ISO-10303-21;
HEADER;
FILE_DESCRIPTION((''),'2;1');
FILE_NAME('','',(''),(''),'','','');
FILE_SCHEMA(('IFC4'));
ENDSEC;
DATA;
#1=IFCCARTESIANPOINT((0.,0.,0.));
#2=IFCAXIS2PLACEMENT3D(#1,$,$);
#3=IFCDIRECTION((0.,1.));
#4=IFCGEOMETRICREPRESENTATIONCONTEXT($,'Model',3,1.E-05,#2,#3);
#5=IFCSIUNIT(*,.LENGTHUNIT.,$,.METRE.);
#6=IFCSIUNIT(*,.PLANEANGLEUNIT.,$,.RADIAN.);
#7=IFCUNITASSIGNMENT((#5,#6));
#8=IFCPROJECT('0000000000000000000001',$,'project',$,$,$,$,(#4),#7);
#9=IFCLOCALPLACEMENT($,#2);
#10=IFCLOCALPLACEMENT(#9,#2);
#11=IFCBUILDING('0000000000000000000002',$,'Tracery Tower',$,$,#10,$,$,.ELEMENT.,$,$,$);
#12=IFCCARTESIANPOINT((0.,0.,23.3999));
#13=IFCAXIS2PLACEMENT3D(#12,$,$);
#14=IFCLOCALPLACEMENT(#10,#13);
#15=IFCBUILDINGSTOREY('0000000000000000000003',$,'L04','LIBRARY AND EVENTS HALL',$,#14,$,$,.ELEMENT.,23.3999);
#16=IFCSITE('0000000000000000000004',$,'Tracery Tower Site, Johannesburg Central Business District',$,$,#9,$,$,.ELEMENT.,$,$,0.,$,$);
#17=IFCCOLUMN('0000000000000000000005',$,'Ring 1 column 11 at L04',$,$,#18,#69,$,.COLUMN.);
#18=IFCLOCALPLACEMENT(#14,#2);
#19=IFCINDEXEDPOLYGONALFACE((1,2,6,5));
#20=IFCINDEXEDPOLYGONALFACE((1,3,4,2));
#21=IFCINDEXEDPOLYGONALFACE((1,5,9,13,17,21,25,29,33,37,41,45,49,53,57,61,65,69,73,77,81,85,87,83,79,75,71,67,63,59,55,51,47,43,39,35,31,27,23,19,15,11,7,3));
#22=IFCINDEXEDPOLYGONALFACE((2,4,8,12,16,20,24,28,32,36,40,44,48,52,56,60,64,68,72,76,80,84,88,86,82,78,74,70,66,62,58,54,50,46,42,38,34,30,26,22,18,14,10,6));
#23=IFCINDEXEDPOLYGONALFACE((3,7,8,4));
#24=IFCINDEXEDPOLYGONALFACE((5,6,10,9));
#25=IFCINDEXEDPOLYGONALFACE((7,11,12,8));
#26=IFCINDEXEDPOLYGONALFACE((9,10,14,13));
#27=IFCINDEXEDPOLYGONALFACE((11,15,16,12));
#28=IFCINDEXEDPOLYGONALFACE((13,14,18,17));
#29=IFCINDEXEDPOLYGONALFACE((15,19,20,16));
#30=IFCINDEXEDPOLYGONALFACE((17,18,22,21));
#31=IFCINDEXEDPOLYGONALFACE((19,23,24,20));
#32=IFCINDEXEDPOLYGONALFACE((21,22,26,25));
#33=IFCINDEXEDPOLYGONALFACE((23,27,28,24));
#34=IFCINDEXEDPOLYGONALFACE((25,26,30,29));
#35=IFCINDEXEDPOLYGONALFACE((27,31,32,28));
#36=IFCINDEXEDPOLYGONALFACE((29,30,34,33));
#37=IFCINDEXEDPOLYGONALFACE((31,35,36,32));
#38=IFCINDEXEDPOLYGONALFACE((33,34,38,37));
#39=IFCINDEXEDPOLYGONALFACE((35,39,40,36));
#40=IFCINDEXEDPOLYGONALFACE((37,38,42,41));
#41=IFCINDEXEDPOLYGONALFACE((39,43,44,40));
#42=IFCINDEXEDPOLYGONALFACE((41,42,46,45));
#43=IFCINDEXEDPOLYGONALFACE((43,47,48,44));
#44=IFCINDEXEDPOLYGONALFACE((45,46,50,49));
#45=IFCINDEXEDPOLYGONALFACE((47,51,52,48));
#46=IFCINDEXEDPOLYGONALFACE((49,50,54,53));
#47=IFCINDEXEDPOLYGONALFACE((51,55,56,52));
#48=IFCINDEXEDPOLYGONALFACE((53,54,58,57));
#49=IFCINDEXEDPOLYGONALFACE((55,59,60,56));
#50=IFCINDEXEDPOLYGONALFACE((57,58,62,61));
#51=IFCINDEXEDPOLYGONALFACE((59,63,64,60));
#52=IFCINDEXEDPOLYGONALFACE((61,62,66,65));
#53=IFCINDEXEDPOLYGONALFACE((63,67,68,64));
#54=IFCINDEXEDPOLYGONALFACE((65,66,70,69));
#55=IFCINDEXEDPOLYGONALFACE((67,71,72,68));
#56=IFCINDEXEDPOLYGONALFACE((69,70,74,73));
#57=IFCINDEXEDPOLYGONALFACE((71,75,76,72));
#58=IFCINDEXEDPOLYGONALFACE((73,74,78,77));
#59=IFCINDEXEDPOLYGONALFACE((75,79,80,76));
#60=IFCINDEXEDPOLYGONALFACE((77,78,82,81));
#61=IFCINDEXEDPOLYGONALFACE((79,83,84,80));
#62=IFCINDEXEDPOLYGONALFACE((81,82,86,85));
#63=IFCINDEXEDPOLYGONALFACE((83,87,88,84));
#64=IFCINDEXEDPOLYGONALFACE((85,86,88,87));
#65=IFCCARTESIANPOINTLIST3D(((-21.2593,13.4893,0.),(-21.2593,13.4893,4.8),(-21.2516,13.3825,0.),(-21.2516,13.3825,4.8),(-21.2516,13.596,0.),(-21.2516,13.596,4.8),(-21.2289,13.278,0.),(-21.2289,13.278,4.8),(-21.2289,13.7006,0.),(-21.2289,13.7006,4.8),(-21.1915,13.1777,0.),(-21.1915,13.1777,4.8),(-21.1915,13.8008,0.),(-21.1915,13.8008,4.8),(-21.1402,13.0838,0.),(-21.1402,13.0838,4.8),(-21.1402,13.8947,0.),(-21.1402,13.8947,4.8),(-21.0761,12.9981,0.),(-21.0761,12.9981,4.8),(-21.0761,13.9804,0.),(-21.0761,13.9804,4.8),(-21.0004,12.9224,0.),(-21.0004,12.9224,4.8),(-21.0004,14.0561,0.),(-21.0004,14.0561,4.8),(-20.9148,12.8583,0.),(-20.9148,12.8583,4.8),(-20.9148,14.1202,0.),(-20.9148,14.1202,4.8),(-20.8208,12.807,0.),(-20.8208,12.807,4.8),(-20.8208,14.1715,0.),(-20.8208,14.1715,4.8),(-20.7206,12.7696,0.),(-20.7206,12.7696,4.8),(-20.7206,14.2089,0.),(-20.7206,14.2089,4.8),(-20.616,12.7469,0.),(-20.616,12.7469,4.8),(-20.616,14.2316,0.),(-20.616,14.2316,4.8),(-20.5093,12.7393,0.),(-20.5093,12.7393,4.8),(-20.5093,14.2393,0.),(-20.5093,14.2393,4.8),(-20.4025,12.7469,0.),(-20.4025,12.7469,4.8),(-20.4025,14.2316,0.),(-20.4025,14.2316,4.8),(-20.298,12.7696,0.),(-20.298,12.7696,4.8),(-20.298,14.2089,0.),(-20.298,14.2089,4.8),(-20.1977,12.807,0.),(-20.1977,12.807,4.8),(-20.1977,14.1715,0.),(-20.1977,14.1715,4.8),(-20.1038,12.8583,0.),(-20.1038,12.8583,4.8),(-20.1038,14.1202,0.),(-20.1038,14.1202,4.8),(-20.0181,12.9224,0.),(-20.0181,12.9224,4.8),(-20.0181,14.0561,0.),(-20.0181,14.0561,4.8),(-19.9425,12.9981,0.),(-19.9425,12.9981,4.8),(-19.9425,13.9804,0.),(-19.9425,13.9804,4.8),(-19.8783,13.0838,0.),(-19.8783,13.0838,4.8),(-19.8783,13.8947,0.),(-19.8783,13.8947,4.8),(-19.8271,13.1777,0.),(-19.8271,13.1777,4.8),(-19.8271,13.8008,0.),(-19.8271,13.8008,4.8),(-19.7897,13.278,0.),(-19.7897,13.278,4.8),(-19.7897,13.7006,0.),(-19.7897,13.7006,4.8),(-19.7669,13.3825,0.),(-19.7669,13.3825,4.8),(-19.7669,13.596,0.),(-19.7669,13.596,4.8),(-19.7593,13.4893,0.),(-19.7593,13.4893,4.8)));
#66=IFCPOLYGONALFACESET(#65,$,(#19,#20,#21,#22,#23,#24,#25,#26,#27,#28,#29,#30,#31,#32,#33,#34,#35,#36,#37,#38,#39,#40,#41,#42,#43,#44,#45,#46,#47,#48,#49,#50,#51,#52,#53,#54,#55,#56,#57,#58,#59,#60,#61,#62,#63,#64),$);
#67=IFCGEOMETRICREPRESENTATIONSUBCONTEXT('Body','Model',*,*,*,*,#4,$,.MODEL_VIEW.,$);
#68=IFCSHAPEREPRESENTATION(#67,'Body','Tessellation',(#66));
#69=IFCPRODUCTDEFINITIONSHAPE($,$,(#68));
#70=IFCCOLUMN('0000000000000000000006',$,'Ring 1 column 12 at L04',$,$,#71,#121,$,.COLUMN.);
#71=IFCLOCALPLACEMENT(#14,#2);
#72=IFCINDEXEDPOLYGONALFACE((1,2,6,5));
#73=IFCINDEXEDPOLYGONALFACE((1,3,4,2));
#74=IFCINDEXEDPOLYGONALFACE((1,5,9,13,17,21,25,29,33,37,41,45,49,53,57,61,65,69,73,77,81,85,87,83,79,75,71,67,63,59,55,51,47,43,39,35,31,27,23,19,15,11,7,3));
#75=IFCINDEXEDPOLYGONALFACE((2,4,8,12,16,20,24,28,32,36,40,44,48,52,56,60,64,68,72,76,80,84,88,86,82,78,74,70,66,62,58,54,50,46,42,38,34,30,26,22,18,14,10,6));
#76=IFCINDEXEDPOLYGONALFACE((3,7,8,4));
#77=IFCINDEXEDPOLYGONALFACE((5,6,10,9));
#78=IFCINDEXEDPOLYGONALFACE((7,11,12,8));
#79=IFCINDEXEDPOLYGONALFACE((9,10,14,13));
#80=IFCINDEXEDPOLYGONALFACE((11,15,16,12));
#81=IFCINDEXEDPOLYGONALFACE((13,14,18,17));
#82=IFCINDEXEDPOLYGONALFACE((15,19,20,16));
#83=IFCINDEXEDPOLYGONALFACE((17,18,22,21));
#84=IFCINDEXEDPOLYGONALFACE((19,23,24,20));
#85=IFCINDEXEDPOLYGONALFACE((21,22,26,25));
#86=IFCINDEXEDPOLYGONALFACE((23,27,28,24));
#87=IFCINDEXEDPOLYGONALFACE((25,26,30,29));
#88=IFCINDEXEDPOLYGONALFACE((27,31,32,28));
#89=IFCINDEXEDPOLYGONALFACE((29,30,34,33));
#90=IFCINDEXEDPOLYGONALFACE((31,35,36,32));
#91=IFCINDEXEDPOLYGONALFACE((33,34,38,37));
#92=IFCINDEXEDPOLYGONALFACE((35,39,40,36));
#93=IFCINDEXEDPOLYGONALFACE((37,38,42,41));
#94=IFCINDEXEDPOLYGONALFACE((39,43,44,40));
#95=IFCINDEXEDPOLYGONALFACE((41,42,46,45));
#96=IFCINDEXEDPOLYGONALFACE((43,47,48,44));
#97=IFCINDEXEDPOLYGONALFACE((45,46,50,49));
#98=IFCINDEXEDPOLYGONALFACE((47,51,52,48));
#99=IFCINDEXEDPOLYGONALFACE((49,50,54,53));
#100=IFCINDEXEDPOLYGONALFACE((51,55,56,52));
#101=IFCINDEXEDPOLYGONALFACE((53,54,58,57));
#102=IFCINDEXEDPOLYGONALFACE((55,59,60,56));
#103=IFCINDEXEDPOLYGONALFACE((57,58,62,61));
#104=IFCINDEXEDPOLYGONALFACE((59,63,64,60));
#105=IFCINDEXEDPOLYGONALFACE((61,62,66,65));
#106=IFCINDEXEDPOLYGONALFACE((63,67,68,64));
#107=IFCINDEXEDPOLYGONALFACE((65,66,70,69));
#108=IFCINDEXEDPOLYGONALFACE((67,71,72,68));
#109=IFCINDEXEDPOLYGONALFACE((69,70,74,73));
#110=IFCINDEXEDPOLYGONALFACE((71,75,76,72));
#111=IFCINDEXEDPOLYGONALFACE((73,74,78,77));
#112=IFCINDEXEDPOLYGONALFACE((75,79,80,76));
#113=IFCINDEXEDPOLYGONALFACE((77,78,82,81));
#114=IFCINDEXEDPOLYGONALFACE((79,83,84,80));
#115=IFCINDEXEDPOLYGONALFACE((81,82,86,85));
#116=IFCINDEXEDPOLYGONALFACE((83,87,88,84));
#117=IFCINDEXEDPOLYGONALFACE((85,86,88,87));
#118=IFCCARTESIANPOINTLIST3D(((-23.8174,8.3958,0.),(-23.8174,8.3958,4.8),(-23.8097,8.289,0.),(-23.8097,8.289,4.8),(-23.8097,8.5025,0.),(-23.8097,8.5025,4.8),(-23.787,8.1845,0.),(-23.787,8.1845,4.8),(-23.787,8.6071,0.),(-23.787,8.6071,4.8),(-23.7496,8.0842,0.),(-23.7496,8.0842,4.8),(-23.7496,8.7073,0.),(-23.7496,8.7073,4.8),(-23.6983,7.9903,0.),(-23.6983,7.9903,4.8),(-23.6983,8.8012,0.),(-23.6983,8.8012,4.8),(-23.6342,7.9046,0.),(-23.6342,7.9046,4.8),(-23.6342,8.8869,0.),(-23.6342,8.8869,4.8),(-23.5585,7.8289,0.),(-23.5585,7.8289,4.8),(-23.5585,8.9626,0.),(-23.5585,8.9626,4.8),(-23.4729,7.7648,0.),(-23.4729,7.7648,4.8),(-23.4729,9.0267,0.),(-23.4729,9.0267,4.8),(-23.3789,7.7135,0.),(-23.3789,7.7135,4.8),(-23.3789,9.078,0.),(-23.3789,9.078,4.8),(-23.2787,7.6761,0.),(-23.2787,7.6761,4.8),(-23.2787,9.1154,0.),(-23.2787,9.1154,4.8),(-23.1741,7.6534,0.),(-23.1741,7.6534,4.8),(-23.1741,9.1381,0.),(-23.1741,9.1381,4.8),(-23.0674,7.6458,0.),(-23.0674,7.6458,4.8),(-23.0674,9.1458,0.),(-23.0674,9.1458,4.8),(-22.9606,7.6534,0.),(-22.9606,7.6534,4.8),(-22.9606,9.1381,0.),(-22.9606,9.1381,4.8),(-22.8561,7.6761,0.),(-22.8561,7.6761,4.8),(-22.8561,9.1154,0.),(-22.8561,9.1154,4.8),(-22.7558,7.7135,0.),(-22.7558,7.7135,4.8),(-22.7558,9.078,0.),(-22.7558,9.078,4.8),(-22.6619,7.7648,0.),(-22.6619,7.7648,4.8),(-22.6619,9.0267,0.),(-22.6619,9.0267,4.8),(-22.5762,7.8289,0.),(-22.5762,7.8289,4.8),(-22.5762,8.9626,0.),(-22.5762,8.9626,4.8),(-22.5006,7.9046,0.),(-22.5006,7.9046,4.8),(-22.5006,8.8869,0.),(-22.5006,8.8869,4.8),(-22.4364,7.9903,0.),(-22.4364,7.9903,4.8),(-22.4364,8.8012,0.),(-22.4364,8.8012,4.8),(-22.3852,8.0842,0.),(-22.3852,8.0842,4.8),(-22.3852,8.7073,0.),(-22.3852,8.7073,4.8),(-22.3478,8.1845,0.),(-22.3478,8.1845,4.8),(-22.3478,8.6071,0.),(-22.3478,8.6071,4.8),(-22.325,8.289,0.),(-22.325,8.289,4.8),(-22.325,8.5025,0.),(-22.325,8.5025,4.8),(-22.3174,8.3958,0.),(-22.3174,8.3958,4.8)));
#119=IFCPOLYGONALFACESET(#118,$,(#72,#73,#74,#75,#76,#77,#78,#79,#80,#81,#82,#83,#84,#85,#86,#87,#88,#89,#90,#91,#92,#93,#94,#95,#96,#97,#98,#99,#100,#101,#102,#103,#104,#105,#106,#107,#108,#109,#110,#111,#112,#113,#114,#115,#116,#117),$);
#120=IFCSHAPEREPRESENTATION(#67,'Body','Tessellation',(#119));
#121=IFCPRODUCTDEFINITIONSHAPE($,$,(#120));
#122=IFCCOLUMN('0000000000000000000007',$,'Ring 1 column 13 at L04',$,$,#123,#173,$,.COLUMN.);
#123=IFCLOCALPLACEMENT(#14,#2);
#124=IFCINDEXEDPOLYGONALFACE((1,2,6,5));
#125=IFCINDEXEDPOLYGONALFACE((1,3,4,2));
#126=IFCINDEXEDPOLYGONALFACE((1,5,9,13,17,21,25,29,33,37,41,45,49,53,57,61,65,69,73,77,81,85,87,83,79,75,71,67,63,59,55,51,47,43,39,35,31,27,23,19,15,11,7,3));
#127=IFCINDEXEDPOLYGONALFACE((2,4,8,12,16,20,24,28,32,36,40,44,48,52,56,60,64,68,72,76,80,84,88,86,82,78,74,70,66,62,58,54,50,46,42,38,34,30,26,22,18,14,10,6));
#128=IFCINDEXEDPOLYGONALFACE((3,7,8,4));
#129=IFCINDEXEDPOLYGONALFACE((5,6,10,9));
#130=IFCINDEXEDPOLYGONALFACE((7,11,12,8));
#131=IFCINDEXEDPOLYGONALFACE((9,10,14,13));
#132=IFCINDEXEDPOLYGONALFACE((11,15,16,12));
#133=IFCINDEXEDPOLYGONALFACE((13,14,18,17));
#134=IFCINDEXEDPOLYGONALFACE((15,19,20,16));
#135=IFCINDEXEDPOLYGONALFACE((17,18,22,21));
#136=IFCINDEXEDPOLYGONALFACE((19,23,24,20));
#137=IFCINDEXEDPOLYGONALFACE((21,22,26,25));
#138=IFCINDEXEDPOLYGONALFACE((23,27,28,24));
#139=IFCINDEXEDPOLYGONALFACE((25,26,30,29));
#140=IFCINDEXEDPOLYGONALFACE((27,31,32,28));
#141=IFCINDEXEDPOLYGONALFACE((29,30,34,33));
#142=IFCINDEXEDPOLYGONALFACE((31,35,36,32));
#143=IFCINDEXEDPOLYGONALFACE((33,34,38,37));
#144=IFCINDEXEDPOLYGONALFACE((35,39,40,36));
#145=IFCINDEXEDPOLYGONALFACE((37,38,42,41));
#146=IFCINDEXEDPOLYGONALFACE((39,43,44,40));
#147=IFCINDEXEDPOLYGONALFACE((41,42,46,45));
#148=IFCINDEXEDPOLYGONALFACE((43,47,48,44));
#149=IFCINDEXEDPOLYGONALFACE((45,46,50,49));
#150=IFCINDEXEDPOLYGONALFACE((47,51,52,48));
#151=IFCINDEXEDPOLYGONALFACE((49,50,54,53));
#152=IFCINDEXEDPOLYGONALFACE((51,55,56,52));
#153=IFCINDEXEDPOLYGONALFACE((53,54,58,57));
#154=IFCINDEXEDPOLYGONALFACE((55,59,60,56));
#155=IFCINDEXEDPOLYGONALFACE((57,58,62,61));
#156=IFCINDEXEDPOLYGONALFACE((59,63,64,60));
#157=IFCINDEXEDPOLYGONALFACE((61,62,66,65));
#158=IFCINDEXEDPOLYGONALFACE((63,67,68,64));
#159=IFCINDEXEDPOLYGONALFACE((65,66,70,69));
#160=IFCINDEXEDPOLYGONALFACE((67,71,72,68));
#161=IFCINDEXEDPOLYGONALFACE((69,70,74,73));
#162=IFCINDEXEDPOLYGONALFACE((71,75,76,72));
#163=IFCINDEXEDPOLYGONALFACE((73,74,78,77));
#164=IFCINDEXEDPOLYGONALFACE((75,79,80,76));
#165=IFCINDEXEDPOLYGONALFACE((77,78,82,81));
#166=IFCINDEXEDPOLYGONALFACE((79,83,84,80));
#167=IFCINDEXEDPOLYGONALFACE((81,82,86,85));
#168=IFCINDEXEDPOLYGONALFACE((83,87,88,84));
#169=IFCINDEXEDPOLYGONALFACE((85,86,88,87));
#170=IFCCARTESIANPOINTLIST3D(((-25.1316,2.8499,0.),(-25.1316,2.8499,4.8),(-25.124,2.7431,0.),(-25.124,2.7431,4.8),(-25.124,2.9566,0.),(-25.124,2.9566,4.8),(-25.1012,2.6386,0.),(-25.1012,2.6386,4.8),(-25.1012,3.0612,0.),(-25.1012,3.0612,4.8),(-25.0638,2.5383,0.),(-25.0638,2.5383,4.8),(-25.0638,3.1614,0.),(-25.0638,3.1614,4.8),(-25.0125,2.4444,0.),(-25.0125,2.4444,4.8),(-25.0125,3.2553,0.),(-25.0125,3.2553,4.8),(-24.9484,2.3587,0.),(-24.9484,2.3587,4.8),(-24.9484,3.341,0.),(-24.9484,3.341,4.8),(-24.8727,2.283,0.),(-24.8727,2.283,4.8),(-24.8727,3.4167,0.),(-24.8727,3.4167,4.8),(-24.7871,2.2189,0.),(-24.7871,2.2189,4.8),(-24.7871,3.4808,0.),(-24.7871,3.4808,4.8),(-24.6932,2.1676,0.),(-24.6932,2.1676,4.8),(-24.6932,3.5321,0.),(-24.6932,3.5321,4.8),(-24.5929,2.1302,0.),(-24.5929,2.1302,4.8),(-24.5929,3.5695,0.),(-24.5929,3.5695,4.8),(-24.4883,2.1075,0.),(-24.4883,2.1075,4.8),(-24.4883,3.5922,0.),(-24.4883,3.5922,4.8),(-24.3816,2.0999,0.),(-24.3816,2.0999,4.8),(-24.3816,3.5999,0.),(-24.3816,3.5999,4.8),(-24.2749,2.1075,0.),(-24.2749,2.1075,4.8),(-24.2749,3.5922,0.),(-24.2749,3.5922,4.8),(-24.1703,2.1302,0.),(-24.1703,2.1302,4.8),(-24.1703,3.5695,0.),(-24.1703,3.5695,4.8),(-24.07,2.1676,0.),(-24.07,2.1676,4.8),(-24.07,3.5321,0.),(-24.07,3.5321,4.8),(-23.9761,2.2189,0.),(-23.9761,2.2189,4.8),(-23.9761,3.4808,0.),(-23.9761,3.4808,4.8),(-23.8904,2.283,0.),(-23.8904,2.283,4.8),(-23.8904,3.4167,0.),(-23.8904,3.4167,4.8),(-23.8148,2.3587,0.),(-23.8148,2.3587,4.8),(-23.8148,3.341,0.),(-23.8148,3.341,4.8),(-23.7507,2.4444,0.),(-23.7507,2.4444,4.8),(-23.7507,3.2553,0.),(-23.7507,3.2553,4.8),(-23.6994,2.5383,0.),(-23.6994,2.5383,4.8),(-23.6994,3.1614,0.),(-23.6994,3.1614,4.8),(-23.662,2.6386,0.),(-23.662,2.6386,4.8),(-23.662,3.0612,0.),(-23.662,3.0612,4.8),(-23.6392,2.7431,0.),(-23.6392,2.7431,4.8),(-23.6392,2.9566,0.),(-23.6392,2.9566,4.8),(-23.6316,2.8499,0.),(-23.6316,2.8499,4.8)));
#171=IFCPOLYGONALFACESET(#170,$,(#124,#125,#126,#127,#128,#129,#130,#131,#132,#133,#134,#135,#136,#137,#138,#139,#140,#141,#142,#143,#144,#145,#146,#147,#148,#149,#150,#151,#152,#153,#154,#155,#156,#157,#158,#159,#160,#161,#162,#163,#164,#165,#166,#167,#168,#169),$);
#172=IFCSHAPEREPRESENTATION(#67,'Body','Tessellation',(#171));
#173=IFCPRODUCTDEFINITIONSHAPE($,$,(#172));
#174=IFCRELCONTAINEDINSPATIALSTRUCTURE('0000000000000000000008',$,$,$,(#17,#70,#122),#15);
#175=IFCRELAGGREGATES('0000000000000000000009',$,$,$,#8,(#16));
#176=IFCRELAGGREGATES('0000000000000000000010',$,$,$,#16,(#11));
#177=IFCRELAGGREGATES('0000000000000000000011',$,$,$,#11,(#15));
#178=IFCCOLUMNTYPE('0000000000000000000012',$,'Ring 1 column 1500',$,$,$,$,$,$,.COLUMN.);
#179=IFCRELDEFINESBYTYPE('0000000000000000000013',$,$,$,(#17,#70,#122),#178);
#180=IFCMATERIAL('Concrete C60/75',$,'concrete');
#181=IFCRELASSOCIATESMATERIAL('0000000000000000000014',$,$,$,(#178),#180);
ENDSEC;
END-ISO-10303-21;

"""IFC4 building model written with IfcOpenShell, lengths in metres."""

from ifc_helpers import new_model, si_unit, direction, frame, origin, origin_2d, place, context, subcontext, project, spatial, circle, extrude, material, material_profile, profile_set, type_object, element, save


model = new_model("IFC4")

# Units and contexts
model_context = context("Model", 3, precision=1e-05, world=origin(), true_north=direction((0.0, 1.0)))
body_context = subcontext(model_context, "Body", "Model", "MODEL_VIEW")
ifc_project = project(units=[si_unit("LENGTHUNIT", "METRE"), si_unit("PLANEANGLEUNIT", "RADIAN")], contexts=[model_context])

# Site, building, storey
site_placement = place(None, origin())
site = spatial("IfcSite", under=ifc_project, at=site_placement, Name="Tracery Tower Site, Johannesburg Central Business District", CompositionType="ELEMENT", RefElevation=0.0)
building_placement = place(site_placement, origin())
building = spatial("IfcBuilding", under=site, at=building_placement, Name="Tracery Tower", CompositionType="ELEMENT")
storey_placement = place(building_placement, frame((0.0, 0.0, 23.3999)))
storey = spatial("IfcBuildingStorey", under=building, at=storey_placement, Name="L04", Description="LIBRARY AND EVENTS HALL", CompositionType="ELEMENT", Elevation=23.3999)

# Columns
ifc_material_1 = material(Name="Concrete C60/75", Category="concrete")
ifc_material_profile_1 = material_profile(ifc_material_1, circle(Radius=0.75, at=origin_2d()), Name="RC D1500")
ifc_profile_set_1 = profile_set([ifc_material_profile_1], Name="Concrete C60/75")
column_type_1 = type_object("IfcColumnType", Name="Ring 1 column 1500", PredefinedType="COLUMN", material=ifc_profile_set_1)
for number, where, z_axis, x_axis, name in (
    (1, (-20.5093, 13.4893, 0.0), (0.0, 0.0, 1.0), (1.0, 0.0, 0.0), "Ring 1 column 11 at L04"),
    (2, (-23.0674, 8.3958, 0.0), (0.0, 0.0, 1.0), (1.0, 0.0, 0.0), "Ring 1 column 12 at L04"),
    (3, (-24.3816, 2.8499, 0.0), (0.0, 0.0, 1.0), (1.0, 0.0, 0.0), "Ring 1 column 13 at L04"),
):
    element("IfcColumn", number, at=place(storey_placement, frame(where, z_axis=z_axis, x_axis=x_axis)), inside=storey, type_object=column_type_1, Name=name, PredefinedType="COLUMN", context=body_context, shape_type="SweptSolid", body=[
        extrude(circle(Radius=0.75, at=origin_2d()), origin(), (0.0, 0.0, 1.0), 4.8),
    ])

save(model, "model.ifc")
